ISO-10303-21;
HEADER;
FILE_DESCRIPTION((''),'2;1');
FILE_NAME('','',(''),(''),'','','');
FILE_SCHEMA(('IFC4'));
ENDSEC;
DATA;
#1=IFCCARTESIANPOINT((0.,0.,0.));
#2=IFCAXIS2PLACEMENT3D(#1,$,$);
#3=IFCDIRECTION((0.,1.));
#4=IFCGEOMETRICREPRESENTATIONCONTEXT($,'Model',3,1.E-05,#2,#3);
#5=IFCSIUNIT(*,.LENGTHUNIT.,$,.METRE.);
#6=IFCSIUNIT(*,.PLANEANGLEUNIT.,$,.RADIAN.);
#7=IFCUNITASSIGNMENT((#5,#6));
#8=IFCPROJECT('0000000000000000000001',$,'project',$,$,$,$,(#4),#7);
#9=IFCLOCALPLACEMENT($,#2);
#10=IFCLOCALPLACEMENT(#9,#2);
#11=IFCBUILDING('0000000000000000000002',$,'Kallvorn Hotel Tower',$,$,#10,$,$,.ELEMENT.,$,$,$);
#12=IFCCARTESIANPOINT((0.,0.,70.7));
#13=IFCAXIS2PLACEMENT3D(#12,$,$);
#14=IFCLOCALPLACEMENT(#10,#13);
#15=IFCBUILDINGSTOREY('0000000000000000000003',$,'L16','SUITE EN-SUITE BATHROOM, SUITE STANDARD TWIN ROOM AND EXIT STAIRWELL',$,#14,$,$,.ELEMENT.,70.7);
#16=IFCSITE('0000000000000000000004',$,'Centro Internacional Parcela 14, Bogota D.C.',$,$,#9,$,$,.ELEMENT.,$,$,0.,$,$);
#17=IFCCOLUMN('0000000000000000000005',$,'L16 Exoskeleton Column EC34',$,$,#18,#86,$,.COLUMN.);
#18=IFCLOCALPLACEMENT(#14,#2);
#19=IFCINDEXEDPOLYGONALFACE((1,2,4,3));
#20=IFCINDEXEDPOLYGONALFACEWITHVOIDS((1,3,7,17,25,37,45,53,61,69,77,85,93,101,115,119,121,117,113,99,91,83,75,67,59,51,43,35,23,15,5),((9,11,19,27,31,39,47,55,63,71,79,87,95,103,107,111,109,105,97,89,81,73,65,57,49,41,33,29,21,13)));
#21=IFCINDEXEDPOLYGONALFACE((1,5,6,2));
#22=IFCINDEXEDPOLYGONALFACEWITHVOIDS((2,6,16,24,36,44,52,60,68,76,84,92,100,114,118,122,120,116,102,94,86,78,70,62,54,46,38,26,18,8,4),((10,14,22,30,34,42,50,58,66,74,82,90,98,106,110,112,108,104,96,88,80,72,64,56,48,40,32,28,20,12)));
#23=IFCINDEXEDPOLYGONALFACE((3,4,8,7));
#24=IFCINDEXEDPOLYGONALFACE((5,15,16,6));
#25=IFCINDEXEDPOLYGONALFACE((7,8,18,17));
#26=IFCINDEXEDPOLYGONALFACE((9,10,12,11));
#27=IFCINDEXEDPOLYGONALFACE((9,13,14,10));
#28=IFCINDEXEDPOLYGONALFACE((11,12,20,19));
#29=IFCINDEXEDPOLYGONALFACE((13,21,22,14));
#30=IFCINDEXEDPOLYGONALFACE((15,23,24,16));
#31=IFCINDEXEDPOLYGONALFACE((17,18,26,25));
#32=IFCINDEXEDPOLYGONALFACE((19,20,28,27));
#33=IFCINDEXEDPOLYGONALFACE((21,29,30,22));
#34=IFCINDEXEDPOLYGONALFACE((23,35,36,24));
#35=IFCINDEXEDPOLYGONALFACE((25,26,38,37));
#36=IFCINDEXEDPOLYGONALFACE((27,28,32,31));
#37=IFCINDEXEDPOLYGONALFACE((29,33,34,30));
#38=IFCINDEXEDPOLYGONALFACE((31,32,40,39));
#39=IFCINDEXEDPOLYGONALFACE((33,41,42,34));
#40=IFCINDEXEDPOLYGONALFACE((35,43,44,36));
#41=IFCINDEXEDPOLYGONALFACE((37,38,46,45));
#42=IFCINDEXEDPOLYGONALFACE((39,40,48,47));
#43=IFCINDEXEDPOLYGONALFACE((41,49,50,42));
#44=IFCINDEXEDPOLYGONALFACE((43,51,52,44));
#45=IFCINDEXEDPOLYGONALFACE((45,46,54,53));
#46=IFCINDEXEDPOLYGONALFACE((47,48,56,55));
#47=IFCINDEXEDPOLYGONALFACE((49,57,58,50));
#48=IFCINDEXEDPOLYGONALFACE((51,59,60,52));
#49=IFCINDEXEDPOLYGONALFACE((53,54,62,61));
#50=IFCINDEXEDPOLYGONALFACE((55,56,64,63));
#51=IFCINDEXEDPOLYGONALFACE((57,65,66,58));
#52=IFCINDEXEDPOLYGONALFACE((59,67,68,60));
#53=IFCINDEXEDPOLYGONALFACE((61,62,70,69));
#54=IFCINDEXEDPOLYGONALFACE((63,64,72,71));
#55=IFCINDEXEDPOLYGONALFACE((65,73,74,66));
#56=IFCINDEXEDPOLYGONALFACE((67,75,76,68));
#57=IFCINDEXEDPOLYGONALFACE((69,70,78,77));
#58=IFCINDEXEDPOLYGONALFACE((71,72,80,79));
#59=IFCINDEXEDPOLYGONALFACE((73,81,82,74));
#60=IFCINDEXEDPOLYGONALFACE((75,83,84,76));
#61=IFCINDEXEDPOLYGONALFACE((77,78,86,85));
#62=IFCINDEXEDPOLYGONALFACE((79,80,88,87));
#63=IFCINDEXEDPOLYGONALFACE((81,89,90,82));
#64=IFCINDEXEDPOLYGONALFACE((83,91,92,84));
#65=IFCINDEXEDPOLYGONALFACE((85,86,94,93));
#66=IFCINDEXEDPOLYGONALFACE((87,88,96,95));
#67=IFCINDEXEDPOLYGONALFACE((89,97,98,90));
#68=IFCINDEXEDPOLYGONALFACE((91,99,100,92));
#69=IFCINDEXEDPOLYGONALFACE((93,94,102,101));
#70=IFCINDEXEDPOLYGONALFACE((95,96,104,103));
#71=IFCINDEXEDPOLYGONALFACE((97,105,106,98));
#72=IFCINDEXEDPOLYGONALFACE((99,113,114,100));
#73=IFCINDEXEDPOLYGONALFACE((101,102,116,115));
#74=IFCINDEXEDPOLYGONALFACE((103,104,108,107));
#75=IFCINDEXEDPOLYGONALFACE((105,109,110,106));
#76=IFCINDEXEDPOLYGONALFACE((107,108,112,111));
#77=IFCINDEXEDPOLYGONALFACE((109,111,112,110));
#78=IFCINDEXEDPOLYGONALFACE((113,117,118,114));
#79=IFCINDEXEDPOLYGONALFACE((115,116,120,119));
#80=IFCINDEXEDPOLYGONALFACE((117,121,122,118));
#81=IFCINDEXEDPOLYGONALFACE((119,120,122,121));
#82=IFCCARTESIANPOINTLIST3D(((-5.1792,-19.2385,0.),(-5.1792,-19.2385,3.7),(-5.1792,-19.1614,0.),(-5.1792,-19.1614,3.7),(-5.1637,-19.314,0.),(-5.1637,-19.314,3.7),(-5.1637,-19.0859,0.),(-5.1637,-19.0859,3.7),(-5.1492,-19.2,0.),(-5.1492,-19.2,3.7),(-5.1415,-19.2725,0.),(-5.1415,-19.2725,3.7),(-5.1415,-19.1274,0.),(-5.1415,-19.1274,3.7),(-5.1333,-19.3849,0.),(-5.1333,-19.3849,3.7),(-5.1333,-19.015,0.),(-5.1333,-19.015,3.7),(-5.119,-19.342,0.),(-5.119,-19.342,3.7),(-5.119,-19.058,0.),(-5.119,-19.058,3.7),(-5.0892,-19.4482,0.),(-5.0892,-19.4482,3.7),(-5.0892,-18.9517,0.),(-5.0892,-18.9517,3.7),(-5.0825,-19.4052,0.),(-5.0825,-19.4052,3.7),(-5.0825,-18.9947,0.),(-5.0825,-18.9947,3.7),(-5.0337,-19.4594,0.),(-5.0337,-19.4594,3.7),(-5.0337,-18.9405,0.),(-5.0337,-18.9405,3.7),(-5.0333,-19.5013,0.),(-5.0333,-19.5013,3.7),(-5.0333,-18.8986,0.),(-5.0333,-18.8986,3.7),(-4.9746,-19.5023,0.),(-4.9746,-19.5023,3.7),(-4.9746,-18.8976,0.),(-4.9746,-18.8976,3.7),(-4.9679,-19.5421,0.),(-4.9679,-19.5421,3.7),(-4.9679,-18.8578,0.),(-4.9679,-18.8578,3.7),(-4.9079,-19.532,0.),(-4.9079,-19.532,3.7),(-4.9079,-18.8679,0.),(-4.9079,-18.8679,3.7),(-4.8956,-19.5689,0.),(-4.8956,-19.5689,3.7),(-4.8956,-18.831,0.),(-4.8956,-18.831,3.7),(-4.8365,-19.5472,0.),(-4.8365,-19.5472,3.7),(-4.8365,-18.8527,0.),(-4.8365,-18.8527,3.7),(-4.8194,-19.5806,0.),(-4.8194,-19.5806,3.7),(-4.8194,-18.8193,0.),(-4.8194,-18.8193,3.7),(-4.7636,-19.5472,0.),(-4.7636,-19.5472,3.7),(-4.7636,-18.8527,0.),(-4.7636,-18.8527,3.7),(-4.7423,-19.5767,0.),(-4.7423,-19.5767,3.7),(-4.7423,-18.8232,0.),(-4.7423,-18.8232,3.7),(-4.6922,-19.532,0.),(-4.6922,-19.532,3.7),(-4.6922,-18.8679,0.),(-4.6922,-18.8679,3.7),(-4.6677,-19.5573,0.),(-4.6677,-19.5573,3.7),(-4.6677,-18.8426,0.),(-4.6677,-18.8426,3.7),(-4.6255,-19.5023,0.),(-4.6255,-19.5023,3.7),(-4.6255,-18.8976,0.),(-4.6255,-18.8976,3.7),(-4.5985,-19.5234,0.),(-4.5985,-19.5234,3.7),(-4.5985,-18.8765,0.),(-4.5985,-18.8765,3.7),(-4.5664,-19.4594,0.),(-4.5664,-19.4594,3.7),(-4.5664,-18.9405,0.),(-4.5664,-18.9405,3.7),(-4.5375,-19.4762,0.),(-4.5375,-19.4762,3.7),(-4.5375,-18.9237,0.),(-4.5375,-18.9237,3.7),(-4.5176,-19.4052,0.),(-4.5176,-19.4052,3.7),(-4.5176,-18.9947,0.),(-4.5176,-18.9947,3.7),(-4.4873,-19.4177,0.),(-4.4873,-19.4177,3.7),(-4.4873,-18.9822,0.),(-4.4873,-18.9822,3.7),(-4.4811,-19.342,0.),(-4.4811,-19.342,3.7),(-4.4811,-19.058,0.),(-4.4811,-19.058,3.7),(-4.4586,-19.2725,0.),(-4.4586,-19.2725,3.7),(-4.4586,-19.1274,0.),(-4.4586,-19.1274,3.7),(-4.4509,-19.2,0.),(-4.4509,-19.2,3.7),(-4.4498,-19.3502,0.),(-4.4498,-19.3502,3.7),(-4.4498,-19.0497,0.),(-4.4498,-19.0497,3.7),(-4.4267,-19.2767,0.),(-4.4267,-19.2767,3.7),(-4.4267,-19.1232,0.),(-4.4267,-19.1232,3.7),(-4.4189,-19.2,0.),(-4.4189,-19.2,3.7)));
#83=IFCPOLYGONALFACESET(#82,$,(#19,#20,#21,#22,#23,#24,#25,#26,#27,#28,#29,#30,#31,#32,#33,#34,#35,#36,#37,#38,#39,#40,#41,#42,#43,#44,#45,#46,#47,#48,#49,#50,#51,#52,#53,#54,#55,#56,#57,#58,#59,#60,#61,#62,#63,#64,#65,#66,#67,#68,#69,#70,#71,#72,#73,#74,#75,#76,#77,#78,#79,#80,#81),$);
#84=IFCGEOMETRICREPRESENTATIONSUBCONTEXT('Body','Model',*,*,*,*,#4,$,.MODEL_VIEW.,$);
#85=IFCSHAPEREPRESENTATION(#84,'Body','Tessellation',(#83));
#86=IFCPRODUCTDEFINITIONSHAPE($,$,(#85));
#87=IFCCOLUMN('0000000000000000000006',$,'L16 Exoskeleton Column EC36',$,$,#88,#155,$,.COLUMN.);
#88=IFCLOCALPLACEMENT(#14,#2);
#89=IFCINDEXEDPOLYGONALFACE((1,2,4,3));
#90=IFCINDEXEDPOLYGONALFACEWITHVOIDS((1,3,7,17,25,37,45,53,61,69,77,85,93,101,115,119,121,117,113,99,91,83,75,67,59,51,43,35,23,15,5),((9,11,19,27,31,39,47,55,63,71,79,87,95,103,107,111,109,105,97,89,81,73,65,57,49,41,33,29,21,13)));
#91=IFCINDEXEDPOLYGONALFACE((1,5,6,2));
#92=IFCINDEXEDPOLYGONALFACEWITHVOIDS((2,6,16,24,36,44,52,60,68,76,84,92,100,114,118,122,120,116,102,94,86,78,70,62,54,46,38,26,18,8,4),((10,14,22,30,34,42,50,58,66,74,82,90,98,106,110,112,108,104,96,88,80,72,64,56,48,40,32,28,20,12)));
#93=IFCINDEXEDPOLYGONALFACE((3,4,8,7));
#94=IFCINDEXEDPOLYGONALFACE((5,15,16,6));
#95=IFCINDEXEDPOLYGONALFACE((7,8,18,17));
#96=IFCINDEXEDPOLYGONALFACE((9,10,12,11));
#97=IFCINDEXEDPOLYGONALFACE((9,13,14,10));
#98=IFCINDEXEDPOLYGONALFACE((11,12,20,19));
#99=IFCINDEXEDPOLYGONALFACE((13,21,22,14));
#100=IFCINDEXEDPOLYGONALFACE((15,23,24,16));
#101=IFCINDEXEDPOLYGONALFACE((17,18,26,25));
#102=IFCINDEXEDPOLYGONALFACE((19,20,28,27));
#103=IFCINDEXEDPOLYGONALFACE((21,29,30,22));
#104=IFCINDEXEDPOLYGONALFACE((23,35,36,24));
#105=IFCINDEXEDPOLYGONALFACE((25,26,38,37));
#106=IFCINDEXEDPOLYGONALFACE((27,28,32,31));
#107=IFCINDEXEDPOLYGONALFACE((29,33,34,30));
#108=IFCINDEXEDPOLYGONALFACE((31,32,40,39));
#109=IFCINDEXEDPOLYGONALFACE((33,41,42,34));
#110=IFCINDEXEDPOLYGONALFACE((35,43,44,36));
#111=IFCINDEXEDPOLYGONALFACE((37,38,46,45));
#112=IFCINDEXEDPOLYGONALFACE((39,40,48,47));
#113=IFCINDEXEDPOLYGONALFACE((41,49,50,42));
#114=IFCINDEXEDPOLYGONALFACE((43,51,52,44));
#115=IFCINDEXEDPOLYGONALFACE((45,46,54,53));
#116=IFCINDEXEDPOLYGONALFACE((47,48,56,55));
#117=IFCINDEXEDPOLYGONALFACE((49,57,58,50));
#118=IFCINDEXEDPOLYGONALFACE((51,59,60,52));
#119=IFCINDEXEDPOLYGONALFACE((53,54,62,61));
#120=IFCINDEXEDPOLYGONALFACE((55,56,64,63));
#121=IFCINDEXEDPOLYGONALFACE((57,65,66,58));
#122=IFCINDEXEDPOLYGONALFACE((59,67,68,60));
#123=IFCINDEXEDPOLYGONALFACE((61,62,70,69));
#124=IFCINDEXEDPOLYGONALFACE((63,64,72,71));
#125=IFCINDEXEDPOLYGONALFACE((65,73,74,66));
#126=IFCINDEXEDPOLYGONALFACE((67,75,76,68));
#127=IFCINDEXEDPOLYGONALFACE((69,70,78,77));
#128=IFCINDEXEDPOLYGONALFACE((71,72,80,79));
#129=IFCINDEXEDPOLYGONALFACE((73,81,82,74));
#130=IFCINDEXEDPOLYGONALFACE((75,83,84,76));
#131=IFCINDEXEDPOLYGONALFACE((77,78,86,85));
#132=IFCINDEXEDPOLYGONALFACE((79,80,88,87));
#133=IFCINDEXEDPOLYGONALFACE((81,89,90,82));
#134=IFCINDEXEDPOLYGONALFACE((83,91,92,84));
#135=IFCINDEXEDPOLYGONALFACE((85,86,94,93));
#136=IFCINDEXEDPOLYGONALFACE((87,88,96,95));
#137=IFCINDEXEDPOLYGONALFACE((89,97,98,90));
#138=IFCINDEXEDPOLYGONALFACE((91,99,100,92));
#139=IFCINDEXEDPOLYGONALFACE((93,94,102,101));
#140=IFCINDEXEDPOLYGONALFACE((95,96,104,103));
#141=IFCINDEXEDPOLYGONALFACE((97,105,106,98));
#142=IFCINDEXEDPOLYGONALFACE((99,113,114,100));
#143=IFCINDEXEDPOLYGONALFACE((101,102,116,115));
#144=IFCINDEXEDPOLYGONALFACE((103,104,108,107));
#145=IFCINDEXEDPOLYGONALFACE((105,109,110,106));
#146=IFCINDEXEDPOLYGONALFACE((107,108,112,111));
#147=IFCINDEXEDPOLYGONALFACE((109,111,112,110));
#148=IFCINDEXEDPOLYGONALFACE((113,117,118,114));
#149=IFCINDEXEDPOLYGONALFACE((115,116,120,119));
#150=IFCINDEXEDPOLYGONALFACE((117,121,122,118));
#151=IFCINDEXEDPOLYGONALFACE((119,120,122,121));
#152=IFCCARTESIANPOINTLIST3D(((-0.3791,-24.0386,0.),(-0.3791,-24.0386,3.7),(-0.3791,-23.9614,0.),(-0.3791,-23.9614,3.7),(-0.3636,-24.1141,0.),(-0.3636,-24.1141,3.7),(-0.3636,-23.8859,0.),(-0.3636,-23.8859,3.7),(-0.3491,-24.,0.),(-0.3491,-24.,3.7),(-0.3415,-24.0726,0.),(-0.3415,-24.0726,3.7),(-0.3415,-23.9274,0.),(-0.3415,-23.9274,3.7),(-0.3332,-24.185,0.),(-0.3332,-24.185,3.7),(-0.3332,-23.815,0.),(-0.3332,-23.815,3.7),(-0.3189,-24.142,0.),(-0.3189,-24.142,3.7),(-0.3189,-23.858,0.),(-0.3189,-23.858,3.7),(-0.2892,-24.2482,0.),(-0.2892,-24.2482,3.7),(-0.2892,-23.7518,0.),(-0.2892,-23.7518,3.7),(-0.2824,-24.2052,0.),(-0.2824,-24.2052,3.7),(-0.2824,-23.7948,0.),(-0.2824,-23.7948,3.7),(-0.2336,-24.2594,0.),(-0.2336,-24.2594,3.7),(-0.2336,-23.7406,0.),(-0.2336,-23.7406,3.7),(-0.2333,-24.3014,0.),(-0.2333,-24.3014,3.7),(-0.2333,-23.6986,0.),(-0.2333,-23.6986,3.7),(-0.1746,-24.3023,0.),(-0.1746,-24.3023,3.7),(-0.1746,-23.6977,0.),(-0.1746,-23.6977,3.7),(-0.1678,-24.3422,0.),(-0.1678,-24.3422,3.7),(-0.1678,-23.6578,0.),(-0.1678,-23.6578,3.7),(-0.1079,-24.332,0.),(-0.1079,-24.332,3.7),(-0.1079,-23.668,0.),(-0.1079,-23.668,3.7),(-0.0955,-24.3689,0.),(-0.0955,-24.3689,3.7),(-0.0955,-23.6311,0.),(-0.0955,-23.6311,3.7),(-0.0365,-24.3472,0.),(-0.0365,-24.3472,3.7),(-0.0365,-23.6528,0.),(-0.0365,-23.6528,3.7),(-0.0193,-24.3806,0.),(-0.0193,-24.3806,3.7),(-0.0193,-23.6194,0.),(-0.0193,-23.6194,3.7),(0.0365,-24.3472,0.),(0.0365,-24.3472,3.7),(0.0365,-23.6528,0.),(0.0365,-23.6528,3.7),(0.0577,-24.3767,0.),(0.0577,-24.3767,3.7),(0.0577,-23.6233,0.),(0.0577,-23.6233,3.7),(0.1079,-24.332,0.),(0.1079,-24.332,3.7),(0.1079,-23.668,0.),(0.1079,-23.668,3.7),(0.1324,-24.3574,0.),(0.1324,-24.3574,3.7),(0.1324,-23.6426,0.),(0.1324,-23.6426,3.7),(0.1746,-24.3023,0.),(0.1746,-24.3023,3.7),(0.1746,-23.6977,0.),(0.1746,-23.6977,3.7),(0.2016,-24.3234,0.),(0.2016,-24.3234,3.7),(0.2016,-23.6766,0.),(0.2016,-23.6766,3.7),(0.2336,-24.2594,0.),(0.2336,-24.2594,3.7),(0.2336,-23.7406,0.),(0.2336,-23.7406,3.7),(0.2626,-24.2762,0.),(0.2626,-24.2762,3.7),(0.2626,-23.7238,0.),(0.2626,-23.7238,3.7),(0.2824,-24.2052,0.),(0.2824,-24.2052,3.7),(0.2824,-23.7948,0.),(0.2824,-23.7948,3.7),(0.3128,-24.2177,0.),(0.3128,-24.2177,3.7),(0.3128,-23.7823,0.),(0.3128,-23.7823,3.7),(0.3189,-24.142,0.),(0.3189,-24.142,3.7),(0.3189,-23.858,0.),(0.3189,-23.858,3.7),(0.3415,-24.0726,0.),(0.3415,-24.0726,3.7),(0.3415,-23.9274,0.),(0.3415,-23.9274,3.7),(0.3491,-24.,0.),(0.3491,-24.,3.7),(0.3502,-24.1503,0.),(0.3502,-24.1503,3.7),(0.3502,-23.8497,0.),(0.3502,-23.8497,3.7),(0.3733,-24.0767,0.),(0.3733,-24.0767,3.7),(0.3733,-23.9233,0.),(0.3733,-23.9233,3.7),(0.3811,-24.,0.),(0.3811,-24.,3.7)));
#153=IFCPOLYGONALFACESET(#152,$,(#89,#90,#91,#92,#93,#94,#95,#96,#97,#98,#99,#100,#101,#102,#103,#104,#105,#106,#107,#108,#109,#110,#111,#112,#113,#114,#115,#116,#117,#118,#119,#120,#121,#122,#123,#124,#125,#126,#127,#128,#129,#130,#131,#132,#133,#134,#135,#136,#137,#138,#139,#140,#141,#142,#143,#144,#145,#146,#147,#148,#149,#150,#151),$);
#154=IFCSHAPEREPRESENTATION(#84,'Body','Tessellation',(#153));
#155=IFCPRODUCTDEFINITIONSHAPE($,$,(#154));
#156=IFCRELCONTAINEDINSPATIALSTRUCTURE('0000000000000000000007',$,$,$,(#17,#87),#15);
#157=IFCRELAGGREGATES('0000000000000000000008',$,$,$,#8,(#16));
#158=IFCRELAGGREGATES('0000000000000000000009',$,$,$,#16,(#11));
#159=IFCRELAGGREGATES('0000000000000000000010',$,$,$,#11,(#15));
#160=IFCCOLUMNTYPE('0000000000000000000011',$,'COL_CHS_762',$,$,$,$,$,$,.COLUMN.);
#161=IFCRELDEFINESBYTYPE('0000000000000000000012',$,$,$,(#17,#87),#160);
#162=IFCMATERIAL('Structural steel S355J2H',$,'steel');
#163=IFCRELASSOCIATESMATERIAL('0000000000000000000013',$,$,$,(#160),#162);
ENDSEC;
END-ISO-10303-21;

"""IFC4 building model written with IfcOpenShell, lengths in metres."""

from ifc_helpers import new_model, si_unit, direction, frame, origin, origin_2d, place, context, subcontext, project, spatial, hollow_circle, extrude, material, material_profile, profile_set, type_object, element, save


model = new_model("IFC4")

# Units and contexts
model_context = context("Model", 3, precision=1e-05, world=origin(), true_north=direction((0.0, 1.0)))
body_context = subcontext(model_context, "Body", "Model", "MODEL_VIEW")
ifc_project = project(units=[si_unit("LENGTHUNIT", "METRE"), si_unit("PLANEANGLEUNIT", "RADIAN")], contexts=[model_context])

# Site, building, storey
site_placement = place(None, origin())
site = spatial("IfcSite", under=ifc_project, at=site_placement, Name="Centro Internacional Parcela 14, Bogota D.C.", CompositionType="ELEMENT", RefElevation=0.0)
building_placement = place(site_placement, origin())
building = spatial("IfcBuilding", under=site, at=building_placement, Name="Kallvorn Hotel Tower", CompositionType="ELEMENT")
storey_placement = place(building_placement, frame((0.0, 0.0, 70.7)))
storey = spatial("IfcBuildingStorey", under=building, at=storey_placement, Name="L16", Description="SUITE EN-SUITE BATHROOM, SUITE STANDARD TWIN ROOM AND EXIT STAIRWELL", CompositionType="ELEMENT", Elevation=70.7)

# Columns
ifc_material_1 = material(Name="Structural steel S355J2H", Category="steel")
ifc_material_profile_1 = material_profile(ifc_material_1, hollow_circle(Radius=0.3811, WallThickness=0.032, at=origin_2d()), Name="CHS 762x32")
ifc_profile_set_1 = profile_set([ifc_material_profile_1], Name="Structural steel S355J2H")
column_type_1 = type_object("IfcColumnType", Name="COL_CHS_762", PredefinedType="COLUMN", material=ifc_profile_set_1)
for number, where, z_axis, x_axis, name in (
    (1, (-4.8, -19.2, 0.0), (0.0, 0.0, 1.0), (1.0, 0.0, 0.0), "L16 Exoskeleton Column EC34"),
    (2, (0.0, -24.0, 0.0), (0.0, 0.0, 1.0), (1.0, 0.0, 0.0), "L16 Exoskeleton Column EC36"),
):
    element("IfcColumn", number, at=place(storey_placement, frame(where, z_axis=z_axis, x_axis=x_axis)), inside=storey, type_object=column_type_1, Name=name, PredefinedType="COLUMN", context=body_context, shape_type="SweptSolid", body=[
        extrude(hollow_circle(Radius=0.3811, WallThickness=0.032, at=origin_2d()), origin(), (0.0, 0.0, 1.0), 3.7),
    ])

save(model, "model.ifc")
